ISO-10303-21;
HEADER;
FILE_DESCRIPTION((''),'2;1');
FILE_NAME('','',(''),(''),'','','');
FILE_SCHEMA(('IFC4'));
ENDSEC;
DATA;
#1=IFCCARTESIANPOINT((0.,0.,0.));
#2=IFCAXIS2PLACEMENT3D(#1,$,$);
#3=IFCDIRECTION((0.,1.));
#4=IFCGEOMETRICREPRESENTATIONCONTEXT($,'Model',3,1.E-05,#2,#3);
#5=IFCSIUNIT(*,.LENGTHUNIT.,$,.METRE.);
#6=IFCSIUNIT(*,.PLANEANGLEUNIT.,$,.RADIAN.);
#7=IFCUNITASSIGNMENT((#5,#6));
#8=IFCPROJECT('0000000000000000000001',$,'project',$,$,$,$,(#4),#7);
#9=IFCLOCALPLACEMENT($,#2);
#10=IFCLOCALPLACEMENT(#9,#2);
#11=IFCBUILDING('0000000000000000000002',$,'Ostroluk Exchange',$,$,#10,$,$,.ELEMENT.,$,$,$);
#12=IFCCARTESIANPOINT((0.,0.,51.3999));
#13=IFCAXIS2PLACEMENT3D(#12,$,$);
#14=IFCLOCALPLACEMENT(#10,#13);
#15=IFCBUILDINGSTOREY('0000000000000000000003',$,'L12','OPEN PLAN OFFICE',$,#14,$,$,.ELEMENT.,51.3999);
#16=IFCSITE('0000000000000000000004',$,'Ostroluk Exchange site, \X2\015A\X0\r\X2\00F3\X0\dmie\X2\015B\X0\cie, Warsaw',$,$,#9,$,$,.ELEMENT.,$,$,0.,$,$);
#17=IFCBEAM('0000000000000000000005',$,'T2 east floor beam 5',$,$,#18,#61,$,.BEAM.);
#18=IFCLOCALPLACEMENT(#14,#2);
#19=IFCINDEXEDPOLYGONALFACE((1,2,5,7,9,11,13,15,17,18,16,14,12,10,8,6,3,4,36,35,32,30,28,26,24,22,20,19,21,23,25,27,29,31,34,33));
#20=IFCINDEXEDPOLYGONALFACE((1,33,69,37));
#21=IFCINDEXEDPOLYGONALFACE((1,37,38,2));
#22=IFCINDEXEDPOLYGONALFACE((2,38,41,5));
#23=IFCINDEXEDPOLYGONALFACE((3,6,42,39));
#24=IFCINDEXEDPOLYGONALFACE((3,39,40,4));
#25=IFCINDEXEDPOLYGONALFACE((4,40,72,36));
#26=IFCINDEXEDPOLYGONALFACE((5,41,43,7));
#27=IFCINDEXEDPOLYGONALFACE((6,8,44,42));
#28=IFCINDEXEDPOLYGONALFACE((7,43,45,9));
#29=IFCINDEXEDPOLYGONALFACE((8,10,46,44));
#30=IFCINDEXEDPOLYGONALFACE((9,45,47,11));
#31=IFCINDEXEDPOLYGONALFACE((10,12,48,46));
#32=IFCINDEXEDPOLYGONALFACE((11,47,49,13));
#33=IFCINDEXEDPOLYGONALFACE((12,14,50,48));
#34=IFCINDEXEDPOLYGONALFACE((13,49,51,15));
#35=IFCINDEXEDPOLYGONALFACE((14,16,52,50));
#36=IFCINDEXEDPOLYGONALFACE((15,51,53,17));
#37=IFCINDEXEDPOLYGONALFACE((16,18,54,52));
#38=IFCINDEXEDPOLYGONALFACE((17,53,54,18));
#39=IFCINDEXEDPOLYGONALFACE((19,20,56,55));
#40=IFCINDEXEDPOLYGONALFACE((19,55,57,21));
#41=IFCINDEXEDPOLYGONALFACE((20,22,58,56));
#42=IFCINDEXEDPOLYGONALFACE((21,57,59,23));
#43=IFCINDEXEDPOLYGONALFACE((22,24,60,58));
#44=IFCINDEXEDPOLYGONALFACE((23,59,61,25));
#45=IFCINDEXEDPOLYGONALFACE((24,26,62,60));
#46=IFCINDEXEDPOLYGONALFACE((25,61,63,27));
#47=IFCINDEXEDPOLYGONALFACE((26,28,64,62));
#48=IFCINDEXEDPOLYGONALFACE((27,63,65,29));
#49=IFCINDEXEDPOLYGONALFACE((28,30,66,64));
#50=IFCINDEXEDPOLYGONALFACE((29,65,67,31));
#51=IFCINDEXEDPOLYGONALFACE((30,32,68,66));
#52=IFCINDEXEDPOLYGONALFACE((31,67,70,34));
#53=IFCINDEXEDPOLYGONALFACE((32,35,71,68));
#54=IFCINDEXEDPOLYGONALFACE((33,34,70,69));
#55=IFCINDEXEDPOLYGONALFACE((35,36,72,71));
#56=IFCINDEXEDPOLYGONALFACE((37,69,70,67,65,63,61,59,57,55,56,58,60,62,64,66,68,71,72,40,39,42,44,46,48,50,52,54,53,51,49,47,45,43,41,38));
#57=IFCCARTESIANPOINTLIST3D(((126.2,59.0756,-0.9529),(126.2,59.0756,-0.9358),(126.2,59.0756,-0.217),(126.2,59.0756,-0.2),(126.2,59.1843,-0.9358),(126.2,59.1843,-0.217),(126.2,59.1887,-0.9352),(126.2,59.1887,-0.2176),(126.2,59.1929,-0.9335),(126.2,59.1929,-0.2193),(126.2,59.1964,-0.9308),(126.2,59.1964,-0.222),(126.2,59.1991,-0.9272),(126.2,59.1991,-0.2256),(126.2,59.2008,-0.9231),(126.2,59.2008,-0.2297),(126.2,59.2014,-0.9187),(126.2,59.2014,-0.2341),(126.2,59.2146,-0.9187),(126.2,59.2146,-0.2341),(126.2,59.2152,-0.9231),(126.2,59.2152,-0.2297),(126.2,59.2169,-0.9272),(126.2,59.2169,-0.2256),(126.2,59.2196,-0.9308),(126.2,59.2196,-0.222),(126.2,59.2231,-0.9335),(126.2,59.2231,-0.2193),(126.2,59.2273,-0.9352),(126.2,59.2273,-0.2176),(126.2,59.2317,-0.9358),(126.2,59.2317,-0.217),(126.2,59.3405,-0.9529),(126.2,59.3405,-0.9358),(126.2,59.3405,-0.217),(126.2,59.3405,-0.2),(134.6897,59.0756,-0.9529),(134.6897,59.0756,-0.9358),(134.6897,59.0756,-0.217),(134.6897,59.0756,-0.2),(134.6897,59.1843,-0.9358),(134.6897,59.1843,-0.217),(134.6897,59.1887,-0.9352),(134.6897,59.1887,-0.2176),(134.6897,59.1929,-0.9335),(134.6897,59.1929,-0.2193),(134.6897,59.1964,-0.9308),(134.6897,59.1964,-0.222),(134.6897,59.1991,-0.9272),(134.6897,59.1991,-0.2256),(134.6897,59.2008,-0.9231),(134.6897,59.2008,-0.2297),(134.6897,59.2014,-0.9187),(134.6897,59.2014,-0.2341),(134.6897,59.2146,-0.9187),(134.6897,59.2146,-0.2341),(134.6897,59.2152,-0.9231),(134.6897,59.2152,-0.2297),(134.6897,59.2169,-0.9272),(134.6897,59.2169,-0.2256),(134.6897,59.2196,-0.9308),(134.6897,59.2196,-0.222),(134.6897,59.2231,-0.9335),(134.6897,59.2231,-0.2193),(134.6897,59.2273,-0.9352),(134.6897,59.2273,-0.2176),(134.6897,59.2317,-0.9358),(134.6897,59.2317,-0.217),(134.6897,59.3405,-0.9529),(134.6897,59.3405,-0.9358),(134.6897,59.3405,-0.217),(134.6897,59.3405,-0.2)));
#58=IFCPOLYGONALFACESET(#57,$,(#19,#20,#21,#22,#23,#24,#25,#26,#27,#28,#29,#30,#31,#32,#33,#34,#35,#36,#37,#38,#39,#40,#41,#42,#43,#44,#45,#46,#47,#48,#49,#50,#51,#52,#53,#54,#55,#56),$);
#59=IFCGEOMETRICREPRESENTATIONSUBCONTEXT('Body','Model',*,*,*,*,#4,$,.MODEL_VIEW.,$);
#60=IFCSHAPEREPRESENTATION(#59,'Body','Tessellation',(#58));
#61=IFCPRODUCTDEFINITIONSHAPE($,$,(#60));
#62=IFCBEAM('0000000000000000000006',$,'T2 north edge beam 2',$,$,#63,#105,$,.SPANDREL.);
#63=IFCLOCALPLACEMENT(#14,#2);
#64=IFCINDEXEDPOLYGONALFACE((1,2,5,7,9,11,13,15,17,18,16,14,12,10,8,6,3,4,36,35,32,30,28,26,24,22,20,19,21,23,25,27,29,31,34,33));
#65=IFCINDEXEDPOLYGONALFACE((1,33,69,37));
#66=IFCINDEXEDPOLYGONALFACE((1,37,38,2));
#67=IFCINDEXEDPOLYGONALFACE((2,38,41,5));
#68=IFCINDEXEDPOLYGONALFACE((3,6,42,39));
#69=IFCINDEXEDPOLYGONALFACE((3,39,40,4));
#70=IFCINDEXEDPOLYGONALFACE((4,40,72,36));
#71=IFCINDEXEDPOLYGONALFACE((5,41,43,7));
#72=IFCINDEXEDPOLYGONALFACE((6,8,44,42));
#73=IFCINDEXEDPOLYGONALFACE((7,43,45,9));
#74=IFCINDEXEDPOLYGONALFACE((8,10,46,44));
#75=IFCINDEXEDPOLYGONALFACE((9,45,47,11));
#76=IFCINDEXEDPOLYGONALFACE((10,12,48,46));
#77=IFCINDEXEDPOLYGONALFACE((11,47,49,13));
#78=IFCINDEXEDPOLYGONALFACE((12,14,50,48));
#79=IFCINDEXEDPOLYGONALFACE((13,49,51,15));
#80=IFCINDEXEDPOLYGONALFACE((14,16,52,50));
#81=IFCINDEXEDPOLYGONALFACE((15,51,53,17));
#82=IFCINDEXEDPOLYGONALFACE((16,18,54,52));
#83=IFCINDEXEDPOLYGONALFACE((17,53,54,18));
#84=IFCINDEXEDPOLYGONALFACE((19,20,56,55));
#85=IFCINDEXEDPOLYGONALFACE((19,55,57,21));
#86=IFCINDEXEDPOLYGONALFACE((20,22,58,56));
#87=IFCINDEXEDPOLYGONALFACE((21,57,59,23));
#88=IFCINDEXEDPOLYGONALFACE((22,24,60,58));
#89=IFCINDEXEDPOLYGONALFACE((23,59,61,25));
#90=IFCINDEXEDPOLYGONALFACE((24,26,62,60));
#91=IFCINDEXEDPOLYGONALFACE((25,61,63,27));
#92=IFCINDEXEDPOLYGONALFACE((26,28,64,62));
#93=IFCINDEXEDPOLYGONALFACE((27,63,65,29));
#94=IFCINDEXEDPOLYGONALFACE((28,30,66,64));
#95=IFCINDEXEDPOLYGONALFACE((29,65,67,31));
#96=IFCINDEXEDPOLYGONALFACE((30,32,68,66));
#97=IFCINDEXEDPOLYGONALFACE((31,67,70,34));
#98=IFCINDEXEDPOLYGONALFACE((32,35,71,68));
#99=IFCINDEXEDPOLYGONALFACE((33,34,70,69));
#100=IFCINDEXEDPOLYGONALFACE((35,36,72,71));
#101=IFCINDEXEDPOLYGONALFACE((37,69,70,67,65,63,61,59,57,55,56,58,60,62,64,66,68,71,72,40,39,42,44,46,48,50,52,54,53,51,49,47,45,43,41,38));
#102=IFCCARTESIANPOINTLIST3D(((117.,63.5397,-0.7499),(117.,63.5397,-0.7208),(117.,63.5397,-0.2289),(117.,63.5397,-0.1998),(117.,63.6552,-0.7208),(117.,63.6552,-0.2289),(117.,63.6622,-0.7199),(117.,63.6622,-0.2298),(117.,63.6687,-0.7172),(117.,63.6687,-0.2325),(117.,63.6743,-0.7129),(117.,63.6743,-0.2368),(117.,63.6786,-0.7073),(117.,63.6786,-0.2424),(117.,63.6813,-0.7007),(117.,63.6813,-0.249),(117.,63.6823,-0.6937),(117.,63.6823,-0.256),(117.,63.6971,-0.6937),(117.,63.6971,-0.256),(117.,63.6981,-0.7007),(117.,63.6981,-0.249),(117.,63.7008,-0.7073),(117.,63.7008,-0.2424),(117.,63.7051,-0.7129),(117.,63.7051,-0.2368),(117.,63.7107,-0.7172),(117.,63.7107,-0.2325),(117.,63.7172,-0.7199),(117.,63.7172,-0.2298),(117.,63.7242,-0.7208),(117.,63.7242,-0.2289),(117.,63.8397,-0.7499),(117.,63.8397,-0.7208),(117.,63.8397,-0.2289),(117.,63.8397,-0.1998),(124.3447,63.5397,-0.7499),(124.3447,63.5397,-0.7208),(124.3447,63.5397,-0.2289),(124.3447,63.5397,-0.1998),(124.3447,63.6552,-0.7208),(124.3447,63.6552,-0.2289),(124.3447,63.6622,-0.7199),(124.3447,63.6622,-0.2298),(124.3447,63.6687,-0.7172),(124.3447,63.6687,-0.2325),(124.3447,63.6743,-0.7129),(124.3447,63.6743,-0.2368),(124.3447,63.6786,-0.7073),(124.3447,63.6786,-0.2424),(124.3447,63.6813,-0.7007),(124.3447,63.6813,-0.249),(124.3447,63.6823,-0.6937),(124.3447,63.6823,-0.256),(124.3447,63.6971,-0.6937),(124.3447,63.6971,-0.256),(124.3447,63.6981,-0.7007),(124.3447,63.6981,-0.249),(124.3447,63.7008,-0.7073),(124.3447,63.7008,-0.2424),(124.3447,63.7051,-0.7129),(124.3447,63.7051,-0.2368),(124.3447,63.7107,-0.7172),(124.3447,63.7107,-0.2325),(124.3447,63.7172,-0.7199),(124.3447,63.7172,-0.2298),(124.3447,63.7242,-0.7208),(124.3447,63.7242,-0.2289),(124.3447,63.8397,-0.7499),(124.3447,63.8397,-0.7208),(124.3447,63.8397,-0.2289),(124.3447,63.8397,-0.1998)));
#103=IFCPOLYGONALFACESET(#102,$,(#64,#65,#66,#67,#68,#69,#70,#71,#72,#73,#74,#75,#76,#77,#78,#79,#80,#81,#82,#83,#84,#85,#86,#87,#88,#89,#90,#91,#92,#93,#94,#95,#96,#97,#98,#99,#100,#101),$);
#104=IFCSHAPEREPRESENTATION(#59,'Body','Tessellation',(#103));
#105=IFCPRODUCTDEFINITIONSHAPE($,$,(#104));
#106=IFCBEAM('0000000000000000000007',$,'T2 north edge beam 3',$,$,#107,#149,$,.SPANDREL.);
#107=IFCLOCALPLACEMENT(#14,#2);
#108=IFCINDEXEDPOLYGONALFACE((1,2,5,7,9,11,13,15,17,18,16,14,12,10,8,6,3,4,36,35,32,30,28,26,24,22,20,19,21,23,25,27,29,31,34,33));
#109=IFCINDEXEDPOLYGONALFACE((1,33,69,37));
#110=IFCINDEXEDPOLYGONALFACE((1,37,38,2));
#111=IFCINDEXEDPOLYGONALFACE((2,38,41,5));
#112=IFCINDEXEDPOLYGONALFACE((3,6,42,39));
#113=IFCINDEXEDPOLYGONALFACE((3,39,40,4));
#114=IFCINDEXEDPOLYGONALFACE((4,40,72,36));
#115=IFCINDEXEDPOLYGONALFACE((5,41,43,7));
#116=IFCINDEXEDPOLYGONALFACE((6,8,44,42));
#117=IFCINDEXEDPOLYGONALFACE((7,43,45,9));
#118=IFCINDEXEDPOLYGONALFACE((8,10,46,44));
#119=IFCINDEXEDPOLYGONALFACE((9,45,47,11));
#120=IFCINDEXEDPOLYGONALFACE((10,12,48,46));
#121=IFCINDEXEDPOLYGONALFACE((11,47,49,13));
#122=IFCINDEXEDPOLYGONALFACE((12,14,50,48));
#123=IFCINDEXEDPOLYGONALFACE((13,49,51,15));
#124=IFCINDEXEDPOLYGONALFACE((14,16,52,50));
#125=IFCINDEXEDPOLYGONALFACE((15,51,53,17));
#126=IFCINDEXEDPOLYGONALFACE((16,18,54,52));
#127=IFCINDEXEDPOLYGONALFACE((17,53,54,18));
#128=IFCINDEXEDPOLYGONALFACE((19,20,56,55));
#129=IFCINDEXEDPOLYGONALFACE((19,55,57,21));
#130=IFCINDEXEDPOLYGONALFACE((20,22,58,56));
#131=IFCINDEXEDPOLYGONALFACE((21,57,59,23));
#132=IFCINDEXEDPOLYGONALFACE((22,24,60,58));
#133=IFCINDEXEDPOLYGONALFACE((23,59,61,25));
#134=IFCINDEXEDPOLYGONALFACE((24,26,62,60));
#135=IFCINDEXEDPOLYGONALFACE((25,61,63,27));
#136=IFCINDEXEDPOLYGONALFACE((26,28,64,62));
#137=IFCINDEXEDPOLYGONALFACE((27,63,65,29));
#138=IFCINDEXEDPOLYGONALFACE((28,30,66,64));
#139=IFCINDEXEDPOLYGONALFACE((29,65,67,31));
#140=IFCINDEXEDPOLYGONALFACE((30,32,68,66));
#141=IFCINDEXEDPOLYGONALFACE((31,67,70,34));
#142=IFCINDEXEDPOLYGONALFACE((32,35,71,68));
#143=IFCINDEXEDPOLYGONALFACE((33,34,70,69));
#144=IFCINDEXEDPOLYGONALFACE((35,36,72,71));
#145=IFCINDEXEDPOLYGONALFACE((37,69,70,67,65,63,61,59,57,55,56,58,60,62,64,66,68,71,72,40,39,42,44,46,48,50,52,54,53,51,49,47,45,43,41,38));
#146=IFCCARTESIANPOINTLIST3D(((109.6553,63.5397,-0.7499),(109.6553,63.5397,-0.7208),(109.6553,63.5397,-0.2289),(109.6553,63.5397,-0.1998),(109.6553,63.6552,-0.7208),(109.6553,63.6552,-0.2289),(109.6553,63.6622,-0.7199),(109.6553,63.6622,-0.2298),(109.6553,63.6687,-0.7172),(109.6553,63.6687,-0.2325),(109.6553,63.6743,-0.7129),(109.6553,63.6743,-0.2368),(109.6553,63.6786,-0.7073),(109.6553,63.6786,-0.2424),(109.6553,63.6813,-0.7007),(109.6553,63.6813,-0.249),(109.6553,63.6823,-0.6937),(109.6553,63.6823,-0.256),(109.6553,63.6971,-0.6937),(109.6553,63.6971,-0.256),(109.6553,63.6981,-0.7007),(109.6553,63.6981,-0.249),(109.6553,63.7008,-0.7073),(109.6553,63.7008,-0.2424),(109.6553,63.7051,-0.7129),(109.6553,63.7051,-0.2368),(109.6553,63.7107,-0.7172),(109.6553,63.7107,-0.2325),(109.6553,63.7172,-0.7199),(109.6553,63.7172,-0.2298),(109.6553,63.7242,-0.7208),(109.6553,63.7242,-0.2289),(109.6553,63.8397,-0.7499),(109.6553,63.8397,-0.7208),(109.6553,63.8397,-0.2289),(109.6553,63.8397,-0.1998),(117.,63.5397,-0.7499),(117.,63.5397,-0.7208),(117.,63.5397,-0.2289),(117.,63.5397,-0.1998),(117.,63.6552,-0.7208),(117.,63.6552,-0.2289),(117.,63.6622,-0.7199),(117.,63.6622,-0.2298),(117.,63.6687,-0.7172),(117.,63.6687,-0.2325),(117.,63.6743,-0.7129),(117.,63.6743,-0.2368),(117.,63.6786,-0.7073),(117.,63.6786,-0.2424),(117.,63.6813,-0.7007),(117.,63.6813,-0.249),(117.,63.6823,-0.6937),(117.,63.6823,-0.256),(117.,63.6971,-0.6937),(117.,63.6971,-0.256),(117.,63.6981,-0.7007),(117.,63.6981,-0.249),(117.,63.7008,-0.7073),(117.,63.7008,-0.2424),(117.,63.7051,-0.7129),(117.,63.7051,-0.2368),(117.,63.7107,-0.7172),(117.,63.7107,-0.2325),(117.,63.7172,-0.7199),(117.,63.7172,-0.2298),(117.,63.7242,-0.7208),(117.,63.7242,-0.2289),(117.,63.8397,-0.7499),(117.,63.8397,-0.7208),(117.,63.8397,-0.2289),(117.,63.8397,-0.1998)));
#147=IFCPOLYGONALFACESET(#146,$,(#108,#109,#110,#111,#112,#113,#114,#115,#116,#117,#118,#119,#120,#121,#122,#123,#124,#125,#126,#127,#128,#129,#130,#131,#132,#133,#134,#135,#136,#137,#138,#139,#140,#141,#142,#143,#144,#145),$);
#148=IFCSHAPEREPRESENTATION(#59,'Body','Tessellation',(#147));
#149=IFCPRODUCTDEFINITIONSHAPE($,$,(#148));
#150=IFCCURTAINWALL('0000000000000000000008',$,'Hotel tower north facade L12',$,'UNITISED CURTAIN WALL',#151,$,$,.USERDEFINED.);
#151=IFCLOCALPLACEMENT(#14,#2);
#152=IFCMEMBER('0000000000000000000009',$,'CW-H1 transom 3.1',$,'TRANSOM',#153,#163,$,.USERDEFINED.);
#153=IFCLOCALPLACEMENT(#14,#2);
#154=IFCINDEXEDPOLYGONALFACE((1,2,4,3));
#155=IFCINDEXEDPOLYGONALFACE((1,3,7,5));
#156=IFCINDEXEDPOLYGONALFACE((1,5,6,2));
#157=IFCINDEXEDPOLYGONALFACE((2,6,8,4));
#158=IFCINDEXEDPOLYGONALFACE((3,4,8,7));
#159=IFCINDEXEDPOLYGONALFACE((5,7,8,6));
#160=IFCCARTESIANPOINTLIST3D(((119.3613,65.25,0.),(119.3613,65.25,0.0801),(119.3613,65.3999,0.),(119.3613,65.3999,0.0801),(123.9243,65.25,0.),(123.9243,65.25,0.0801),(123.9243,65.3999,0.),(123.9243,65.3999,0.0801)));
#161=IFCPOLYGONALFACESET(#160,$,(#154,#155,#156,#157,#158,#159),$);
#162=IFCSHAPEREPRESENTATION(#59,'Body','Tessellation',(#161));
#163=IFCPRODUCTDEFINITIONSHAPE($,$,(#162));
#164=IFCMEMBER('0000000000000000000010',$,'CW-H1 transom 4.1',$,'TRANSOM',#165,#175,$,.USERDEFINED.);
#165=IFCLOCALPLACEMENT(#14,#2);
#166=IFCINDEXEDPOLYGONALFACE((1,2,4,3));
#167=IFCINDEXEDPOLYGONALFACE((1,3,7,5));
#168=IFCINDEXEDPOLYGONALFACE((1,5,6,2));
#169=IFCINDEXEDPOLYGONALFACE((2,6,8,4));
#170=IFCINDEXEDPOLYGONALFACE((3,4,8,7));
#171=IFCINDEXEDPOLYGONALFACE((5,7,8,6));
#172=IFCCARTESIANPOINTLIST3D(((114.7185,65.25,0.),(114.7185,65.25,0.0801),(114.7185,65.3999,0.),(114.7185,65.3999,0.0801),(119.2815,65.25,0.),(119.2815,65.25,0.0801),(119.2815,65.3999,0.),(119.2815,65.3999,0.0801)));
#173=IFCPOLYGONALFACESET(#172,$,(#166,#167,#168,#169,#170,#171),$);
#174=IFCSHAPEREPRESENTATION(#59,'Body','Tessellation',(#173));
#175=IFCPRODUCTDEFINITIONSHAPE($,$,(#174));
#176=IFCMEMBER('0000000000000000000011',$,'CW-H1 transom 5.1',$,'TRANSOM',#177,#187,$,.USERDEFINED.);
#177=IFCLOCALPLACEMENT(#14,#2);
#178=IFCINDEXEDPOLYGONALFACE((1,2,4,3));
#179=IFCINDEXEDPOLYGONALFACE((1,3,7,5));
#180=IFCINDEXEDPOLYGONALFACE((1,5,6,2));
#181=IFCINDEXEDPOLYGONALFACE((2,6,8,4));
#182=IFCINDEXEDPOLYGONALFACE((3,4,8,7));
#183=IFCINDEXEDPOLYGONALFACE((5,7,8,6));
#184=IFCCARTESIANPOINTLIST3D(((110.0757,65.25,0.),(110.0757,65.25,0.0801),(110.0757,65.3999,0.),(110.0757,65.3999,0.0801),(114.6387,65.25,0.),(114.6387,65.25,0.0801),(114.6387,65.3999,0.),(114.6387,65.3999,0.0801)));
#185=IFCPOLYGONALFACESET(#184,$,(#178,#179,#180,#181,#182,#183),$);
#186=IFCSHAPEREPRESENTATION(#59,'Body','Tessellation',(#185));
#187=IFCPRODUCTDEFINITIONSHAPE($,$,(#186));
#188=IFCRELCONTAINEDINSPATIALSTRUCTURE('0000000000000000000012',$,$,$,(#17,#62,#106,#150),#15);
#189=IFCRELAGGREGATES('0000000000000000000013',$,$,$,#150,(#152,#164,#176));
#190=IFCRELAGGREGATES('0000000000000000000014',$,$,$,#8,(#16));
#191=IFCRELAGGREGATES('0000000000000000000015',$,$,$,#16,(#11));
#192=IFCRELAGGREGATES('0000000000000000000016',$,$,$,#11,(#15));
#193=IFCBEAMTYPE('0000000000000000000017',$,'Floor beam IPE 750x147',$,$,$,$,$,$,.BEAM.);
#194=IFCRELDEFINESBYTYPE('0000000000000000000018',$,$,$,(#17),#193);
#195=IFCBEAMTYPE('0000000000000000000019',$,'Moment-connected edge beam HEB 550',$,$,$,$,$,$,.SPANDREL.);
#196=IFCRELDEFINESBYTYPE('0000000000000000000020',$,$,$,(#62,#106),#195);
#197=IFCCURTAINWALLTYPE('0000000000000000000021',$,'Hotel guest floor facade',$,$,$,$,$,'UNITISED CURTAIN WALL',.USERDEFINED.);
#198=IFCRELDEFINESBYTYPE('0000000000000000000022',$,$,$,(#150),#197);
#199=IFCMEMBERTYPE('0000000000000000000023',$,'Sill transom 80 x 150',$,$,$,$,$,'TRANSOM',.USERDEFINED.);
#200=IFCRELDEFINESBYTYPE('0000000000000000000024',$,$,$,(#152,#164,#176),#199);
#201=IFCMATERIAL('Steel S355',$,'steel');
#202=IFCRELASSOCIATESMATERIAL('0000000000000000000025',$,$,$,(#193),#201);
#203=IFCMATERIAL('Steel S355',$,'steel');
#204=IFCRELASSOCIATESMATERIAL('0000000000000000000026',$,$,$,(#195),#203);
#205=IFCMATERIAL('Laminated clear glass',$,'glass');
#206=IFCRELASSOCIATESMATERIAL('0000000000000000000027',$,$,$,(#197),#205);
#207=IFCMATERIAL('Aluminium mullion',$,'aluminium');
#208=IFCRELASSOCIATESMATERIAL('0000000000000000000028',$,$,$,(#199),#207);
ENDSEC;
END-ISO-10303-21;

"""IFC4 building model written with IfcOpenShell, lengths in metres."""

from ifc_helpers import new_model, si_unit, direction, frame, origin, origin_2d, place, context, subcontext, project, spatial, rectangle, i_section, extrude, material, material_profile, profile_set, type_object, element, aggregate, save


model = new_model("IFC4")

# Units and contexts
model_context = context("Model", 3, precision=1e-05, world=origin(), true_north=direction((0.0, 1.0)))
body_context = subcontext(model_context, "Body", "Model", "MODEL_VIEW")
ifc_project = project(units=[si_unit("LENGTHUNIT", "METRE"), si_unit("PLANEANGLEUNIT", "RADIAN")], contexts=[model_context])

# Site, building, storey
site_placement = place(None, origin())
site = spatial("IfcSite", under=ifc_project, at=site_placement, Name="Ostroluk Exchange site, Śródmieście, Warsaw", CompositionType="ELEMENT", RefElevation=0.0)
building_placement = place(site_placement, origin())
building = spatial("IfcBuilding", under=site, at=building_placement, Name="Ostroluk Exchange", CompositionType="ELEMENT")
storey_placement = place(building_placement, frame((0.0, 0.0, 51.3999)))
storey = spatial("IfcBuildingStorey", under=building, at=storey_placement, Name="L12", Description="OPEN PLAN OFFICE", CompositionType="ELEMENT", Elevation=51.3999)

# Beams
ifc_material_1 = material(Name="Steel S355", Category="steel")
ifc_material_profile_1 = material_profile(ifc_material_1, i_section(OverallWidth=0.2649, OverallDepth=0.7529, WebThickness=0.0132, FlangeThickness=0.0171, FilletRadius=0.0171, at=origin_2d()), Name="IPE 750x147")
ifc_profile_set_1 = profile_set([ifc_material_profile_1], Name="Steel S355")
beam_type_1 = type_object("IfcBeamType", Name="Floor beam IPE 750x147", PredefinedType="BEAM", material=ifc_profile_set_1)
beam_placement = place(storey_placement, frame((126.2, 59.208, -0.5764), z_axis=(1.0, 0.0, 0.0), x_axis=(0.0, 1.0, 0.0)))
element("IfcBeam", 1, at=beam_placement, inside=storey, type_object=beam_type_1, Name="T2 east floor beam 5", PredefinedType="BEAM", context=body_context, shape_type="SweptSolid", body=[
    extrude(i_section(OverallWidth=0.2649, OverallDepth=0.7529, WebThickness=0.0132, FlangeThickness=0.0171, FilletRadius=0.0171, at=origin_2d()), origin(), (0.0, 0.0, 1.0), 8.4897),
])
ifc_material_2 = material(Name="Steel S355", Category="steel")
ifc_material_profile_2 = material_profile(ifc_material_2, i_section(OverallWidth=0.3, OverallDepth=0.55, WebThickness=0.0149, FlangeThickness=0.0291, FilletRadius=0.0271, at=origin_2d()), Name="HEB 550")
ifc_profile_set_2 = profile_set([ifc_material_profile_2], Name="Steel S355")
beam_type_2 = type_object("IfcBeamType", Name="Moment-connected edge beam HEB 550", PredefinedType="SPANDREL", material=ifc_profile_set_2)
for number, where, z_axis, x_axis, name in (
    (2, (124.3447, 63.6897, -0.4749), (-1.0, 0.0, 0.0), (0.0, -1.0, 0.0), "T2 north edge beam 2"),
    (3, (117.0, 63.6897, -0.4749), (-1.0, 0.0, 0.0), (0.0, -1.0, 0.0), "T2 north edge beam 3"),
):
    element("IfcBeam", number, at=place(storey_placement, frame(where, z_axis=z_axis, x_axis=x_axis)), inside=storey, type_object=beam_type_2, Name=name, PredefinedType="SPANDREL", context=body_context, shape_type="SweptSolid", body=[
        extrude(i_section(OverallWidth=0.3, OverallDepth=0.55, WebThickness=0.0149, FlangeThickness=0.0291, FilletRadius=0.0271, at=origin_2d()), origin(), (0.0, 0.0, 1.0), 7.3447),
    ])

# Curtain wall, members
ifc_material_3 = material(Name="Laminated clear glass", Category="glass")
curtain_wall_type = type_object("IfcCurtainWallType", Name="Hotel guest floor facade", ElementType="UNITISED CURTAIN WALL", PredefinedType="USERDEFINED", material=ifc_material_3)
curtain_wall_placement = place(storey_placement, origin())
curtain_wall = element("IfcCurtainWall", 4, at=curtain_wall_placement, inside=storey, type_object=curtain_wall_type, Name="Hotel tower north facade L12", ObjectType="UNITISED CURTAIN WALL", PredefinedType="USERDEFINED")
ifc_material_4 = material(Name="Aluminium mullion", Category="aluminium")
ifc_material_profile_3 = material_profile(ifc_material_4, rectangle(XDim=0.1499, YDim=0.0801, at=origin_2d()), Name="Sill transom 80 x 150")
ifc_profile_set_3 = profile_set([ifc_material_profile_3], Name="Aluminium mullion")
member_type_1 = type_object("IfcMemberType", Name="Sill transom 80 x 150", ElementType="TRANSOM", PredefinedType="USERDEFINED", material=ifc_profile_set_3)
member_1_placement = place(storey_placement, frame((123.9243, 65.325, 0.04), z_axis=(-1.0, 0.0, 0.0), x_axis=(0.0, -1.0, 0.0)))
member_1 = element("IfcMember", 5, at=member_1_placement, type_object=member_type_1, Name="CW-H1 transom 3.1", ObjectType="TRANSOM", PredefinedType="USERDEFINED", context=body_context, shape_type="SweptSolid", body=[
    extrude(rectangle(XDim=0.1499, YDim=0.0801, at=origin_2d()), origin(), (0.0, 0.0, 1.0), 4.563),
])
member_2_placement = place(storey_placement, frame((119.2815, 65.325, 0.04), z_axis=(-1.0, 0.0, 0.0), x_axis=(0.0, -1.0, 0.0)))
member_2 = element("IfcMember", 6, at=member_2_placement, type_object=member_type_1, Name="CW-H1 transom 4.1", ObjectType="TRANSOM", PredefinedType="USERDEFINED", context=body_context, shape_type="SweptSolid", body=[
    extrude(rectangle(XDim=0.1499, YDim=0.0801, at=origin_2d()), origin(), (0.0, 0.0, 1.0), 4.563),
])
member_3_placement = place(storey_placement, frame((114.6387, 65.325, 0.04), z_axis=(-1.0, 0.0, 0.0), x_axis=(0.0, -1.0, 0.0)))
member_3 = element("IfcMember", 7, at=member_3_placement, type_object=member_type_1, Name="CW-H1 transom 5.1", ObjectType="TRANSOM", PredefinedType="USERDEFINED", context=body_context, shape_type="SweptSolid", body=[
    extrude(rectangle(XDim=0.1499, YDim=0.0801, at=origin_2d()), origin(), (0.0, 0.0, 1.0), 4.563),
])
aggregate(curtain_wall, [member_1, member_2, member_3])

save(model, "model.ifc")
